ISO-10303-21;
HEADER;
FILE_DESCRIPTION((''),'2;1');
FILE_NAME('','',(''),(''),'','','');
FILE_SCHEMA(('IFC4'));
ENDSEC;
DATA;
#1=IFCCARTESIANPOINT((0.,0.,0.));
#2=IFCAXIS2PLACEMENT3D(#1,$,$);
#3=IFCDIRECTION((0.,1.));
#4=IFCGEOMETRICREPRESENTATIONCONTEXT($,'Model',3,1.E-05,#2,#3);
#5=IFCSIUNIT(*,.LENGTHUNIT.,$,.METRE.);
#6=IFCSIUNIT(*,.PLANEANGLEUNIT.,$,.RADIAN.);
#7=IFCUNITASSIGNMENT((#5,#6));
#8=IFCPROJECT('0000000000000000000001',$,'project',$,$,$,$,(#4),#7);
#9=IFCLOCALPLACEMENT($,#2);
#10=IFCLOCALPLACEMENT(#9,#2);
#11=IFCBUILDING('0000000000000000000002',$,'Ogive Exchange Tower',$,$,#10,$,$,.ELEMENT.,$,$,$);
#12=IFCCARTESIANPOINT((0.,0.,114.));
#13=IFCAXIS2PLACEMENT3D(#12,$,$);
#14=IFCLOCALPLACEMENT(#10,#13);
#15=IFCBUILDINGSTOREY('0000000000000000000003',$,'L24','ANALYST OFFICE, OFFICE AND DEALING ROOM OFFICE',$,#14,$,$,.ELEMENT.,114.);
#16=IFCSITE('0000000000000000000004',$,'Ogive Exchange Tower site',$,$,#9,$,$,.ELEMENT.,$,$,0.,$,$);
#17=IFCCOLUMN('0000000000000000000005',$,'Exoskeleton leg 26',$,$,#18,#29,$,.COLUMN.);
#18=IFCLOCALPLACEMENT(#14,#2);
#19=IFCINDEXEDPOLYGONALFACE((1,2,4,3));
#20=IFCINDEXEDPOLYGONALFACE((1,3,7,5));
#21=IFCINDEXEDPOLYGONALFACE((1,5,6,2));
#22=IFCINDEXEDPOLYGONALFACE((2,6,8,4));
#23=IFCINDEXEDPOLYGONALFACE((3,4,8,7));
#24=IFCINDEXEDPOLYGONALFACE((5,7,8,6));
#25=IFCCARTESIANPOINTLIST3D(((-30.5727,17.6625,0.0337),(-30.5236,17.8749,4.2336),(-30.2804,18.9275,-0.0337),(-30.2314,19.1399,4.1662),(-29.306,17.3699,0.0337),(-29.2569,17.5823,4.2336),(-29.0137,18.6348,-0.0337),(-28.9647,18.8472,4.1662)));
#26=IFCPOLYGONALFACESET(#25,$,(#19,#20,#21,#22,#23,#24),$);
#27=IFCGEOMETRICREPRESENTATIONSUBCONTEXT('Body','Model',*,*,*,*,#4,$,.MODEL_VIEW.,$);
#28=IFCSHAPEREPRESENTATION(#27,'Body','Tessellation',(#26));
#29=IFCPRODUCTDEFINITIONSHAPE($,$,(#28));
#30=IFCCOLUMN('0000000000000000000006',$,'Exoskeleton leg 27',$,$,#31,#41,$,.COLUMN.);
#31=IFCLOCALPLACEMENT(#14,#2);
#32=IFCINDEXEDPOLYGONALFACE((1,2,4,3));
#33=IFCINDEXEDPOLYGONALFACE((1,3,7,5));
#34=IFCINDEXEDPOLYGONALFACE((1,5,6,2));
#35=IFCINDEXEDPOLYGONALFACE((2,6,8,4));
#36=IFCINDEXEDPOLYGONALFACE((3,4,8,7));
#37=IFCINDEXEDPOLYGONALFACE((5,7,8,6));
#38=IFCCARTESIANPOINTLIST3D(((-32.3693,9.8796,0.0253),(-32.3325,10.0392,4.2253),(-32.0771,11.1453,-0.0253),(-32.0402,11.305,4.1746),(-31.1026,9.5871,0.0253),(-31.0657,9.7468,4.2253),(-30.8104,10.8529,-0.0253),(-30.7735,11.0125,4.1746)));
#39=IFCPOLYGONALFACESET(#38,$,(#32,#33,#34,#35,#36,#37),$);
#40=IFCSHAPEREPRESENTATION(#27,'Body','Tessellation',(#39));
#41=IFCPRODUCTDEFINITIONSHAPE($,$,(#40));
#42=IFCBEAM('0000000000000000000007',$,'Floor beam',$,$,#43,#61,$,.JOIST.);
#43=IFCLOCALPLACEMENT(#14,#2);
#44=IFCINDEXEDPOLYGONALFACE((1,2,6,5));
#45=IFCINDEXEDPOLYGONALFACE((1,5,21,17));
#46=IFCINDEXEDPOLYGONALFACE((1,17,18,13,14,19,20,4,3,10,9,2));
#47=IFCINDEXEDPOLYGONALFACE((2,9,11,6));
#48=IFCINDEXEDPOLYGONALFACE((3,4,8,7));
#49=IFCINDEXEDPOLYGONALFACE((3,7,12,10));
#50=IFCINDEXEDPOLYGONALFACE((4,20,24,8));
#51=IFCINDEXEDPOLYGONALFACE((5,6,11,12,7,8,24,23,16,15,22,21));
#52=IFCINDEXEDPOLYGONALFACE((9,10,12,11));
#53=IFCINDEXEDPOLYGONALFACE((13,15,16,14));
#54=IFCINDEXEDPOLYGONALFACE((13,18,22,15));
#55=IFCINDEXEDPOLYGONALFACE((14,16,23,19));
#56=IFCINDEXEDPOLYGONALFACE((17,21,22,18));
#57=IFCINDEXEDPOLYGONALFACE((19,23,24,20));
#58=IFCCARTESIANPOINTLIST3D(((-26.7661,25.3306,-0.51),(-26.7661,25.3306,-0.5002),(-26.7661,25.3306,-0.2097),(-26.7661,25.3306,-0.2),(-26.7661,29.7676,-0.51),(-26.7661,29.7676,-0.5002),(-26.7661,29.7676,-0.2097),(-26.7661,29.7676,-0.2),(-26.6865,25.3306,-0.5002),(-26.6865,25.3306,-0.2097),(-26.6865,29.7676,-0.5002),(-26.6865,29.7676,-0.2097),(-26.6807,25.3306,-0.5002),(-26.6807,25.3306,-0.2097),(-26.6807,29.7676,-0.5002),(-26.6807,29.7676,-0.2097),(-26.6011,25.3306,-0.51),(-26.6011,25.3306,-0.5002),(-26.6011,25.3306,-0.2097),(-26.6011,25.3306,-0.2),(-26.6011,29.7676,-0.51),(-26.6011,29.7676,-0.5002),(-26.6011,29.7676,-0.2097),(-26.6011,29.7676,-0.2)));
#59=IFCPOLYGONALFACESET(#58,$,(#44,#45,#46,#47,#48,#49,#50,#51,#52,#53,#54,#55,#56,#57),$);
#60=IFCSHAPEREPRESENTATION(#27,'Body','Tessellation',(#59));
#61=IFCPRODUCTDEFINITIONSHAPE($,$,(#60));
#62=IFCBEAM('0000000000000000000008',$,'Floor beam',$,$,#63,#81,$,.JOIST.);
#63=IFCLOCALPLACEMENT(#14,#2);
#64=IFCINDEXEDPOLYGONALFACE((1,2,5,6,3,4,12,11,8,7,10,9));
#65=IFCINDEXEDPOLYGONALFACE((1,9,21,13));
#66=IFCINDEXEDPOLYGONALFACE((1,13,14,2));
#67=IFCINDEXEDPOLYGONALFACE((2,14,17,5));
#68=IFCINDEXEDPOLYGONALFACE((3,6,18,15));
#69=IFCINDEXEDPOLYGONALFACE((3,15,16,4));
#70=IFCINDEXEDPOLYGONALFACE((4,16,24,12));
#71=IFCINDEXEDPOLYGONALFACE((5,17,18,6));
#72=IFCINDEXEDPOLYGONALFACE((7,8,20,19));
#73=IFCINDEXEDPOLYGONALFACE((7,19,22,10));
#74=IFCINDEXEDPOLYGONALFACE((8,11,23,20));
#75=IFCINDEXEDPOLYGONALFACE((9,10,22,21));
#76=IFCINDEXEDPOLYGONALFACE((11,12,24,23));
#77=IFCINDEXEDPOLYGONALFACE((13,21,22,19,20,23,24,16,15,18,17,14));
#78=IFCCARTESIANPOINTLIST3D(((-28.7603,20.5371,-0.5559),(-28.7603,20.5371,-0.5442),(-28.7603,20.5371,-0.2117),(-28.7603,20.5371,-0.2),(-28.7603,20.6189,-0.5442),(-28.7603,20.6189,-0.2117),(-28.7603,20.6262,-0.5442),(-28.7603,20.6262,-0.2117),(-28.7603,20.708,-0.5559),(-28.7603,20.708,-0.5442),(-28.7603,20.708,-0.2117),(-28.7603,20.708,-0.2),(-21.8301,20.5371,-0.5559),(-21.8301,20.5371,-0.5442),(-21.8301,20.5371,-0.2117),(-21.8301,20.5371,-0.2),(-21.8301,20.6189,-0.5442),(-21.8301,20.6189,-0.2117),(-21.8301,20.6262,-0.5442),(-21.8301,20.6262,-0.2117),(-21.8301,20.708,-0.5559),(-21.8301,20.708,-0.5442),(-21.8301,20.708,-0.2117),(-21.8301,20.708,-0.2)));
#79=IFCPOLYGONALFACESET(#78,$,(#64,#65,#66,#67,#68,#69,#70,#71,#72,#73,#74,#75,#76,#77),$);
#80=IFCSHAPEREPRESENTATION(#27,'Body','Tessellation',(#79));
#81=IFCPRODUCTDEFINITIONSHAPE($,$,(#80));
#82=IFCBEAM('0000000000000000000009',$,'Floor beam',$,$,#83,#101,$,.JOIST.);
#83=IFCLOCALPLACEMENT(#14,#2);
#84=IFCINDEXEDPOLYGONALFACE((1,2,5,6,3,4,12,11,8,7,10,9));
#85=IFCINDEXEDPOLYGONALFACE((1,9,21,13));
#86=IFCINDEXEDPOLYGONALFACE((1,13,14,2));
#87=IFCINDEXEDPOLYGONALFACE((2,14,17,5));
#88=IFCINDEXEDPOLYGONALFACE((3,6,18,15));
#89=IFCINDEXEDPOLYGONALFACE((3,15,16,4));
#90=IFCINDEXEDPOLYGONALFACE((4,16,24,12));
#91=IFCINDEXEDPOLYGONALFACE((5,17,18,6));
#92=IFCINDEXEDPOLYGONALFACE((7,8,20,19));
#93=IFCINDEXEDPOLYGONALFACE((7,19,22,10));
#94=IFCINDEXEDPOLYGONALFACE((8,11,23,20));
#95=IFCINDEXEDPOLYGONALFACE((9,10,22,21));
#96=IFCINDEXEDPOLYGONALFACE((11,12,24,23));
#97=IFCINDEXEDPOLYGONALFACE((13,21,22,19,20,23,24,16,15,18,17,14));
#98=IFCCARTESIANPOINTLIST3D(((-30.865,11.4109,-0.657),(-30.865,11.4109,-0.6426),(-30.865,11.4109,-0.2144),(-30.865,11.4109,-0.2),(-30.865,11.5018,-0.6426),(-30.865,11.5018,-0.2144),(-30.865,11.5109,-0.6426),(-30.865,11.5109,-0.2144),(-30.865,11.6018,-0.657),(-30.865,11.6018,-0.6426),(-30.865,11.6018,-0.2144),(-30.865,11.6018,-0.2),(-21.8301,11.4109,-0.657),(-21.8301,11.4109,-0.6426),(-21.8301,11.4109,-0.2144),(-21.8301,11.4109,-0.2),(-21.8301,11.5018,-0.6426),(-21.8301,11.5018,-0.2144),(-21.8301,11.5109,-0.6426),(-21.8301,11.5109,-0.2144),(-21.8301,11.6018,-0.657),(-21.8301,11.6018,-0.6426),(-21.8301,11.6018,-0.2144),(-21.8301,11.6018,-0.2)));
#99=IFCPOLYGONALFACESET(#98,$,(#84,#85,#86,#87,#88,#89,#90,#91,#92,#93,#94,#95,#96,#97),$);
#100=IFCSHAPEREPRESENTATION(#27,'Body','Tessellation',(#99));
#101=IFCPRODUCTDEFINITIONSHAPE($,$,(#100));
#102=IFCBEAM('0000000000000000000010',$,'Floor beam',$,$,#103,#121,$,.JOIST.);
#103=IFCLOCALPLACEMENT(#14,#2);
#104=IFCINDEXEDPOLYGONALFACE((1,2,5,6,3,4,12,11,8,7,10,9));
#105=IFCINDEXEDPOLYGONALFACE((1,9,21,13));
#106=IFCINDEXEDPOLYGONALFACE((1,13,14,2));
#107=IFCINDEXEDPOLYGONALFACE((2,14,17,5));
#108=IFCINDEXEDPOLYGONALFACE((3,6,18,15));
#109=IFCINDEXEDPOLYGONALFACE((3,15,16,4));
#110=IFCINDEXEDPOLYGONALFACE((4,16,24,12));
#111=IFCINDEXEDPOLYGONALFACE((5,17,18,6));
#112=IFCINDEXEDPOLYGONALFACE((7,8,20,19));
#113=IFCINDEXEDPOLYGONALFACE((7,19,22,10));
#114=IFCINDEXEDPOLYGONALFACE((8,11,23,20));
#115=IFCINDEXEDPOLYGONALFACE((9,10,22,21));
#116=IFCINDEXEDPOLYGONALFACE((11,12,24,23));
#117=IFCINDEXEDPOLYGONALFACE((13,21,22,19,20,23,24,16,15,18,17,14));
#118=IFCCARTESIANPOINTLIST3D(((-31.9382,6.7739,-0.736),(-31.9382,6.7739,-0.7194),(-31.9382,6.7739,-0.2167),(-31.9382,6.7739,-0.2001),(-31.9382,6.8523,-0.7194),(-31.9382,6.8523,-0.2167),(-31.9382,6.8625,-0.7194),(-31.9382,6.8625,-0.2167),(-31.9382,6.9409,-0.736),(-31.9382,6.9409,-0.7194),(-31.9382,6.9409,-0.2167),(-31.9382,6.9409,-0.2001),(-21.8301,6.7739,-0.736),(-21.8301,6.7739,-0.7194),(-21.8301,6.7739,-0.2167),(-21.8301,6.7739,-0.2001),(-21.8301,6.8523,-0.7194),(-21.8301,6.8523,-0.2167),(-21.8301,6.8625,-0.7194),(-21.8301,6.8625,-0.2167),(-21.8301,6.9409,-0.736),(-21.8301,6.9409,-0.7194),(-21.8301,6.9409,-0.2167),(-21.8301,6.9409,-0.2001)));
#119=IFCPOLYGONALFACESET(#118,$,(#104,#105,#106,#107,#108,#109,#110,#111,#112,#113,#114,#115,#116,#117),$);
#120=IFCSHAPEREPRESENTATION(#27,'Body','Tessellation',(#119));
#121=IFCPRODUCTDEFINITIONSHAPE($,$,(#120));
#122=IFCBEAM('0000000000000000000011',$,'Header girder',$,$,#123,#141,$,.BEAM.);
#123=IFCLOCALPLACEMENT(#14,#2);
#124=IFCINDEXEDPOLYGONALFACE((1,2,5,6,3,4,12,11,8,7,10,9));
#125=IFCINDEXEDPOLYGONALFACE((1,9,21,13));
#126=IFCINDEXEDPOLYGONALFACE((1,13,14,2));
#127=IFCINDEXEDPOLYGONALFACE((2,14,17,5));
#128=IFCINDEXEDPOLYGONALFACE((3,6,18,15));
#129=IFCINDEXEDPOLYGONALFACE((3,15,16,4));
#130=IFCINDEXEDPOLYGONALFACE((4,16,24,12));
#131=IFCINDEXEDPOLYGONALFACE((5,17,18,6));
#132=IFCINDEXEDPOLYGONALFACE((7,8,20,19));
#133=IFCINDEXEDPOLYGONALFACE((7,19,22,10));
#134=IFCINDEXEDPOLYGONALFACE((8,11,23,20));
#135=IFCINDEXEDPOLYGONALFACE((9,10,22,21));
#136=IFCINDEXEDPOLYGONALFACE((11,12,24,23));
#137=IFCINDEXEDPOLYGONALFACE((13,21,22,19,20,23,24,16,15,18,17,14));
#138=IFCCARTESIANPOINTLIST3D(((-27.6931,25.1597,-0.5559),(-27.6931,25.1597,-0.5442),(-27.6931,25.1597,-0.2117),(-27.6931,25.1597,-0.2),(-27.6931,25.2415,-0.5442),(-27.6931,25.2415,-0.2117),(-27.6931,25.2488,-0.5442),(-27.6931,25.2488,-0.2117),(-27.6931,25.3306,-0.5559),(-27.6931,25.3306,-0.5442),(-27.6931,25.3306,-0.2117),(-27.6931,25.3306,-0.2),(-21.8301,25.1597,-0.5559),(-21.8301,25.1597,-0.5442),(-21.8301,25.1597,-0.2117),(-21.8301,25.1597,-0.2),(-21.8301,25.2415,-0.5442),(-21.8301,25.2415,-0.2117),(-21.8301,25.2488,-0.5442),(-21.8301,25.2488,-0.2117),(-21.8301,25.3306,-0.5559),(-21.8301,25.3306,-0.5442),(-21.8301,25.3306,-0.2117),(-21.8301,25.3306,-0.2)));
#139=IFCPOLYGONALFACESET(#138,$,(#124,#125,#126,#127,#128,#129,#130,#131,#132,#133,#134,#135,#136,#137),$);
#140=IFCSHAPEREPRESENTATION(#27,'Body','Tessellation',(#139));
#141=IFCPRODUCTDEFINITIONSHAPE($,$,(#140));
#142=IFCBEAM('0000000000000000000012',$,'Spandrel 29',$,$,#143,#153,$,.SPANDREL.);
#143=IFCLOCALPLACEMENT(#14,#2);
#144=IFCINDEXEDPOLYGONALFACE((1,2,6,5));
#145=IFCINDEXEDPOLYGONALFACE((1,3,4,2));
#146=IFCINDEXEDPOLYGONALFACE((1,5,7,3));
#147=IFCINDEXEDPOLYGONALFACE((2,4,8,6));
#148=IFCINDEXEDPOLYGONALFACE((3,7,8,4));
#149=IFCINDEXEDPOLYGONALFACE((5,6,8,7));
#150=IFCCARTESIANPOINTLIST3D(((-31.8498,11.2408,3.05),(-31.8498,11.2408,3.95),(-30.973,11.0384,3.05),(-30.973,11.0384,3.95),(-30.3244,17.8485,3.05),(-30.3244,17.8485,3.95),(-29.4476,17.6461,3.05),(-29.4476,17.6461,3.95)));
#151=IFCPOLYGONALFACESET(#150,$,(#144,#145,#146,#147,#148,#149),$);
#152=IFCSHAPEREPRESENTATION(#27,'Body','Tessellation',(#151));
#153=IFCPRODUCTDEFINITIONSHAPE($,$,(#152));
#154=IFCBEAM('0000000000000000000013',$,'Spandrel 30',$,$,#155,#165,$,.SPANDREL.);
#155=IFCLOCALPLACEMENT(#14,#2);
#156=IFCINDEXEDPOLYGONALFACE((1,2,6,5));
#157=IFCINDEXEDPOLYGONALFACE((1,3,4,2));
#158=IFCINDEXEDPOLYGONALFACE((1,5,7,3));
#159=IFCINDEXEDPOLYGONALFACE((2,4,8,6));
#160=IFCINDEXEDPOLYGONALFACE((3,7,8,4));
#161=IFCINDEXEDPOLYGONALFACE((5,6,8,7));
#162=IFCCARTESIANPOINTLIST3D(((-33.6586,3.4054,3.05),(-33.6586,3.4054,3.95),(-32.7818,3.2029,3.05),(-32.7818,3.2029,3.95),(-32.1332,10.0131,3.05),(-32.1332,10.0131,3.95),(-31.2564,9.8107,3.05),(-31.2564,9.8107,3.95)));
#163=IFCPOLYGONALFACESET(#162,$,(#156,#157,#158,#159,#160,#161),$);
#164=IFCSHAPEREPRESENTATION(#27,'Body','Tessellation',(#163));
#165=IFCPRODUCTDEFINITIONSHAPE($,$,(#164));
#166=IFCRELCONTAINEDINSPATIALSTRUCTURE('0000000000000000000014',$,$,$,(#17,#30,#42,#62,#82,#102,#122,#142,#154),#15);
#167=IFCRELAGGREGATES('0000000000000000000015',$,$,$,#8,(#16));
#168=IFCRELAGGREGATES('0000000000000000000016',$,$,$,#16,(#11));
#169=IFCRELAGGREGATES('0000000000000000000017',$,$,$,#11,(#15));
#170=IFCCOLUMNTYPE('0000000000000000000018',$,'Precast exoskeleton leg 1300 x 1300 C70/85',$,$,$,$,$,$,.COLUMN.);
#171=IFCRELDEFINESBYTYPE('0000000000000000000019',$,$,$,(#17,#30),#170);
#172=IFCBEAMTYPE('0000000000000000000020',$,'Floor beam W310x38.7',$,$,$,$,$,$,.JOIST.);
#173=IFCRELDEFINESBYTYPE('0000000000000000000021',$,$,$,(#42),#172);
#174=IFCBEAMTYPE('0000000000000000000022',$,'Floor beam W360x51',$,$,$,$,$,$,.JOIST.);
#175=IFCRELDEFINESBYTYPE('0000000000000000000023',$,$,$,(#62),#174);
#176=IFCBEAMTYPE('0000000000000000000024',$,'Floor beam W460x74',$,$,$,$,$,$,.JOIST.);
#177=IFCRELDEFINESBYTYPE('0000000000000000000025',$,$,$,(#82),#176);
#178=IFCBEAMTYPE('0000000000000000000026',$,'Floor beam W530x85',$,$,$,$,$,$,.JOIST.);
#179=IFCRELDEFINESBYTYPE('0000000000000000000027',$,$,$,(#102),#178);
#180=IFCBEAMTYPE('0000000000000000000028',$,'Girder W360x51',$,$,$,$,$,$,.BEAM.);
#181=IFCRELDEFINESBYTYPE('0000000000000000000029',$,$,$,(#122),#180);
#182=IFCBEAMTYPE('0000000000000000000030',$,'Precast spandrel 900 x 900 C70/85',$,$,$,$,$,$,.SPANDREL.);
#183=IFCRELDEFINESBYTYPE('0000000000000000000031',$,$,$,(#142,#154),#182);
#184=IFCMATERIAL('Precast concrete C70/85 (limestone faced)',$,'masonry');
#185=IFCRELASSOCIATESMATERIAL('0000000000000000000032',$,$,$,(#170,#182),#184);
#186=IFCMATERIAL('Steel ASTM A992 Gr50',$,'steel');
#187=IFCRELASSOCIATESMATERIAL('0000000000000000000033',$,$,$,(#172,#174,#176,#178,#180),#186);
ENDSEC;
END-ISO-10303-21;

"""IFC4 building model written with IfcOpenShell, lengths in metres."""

from ifc_helpers import new_model, si_unit, direction, frame, origin, origin_2d, place, context, subcontext, project, spatial, rectangle, i_section, extrude, material, material_profile, profile_set, type_object, element, save


model = new_model("IFC4")

# Units and contexts
model_context = context("Model", 3, precision=1e-05, world=origin(), true_north=direction((0.0, 1.0)))
body_context = subcontext(model_context, "Body", "Model", "MODEL_VIEW")
ifc_project = project(units=[si_unit("LENGTHUNIT", "METRE"), si_unit("PLANEANGLEUNIT", "RADIAN")], contexts=[model_context])

# Site, building, storey
site_placement = place(None, origin())
site = spatial("IfcSite", under=ifc_project, at=site_placement, Name="Ogive Exchange Tower site", CompositionType="ELEMENT", RefElevation=0.0)
building_placement = place(site_placement, origin())
building = spatial("IfcBuilding", under=site, at=building_placement, Name="Ogive Exchange Tower", CompositionType="ELEMENT")
storey_placement = place(building_placement, frame((0.0, 0.0, 114.0)))
storey = spatial("IfcBuildingStorey", under=building, at=storey_placement, Name="L24", Description="ANALYST OFFICE, OFFICE AND DEALING ROOM OFFICE", CompositionType="ELEMENT", Elevation=114.0)

# Columns
ifc_material_1 = material(Name="Precast concrete C70/85 (limestone faced)", Category="masonry")
ifc_material_profile_1 = material_profile(ifc_material_1, rectangle(XDim=1.3, YDim=1.3, at=origin_2d()), Name="1300 x 1300")
ifc_profile_set_1 = profile_set([ifc_material_profile_1], Name="Precast concrete C70/85 (limestone faced)")
column_type = type_object("IfcColumnType", Name="Precast exoskeleton leg 1300 x 1300 C70/85", PredefinedType="COLUMN", material=ifc_profile_set_1)
column_1_placement = place(storey_placement, frame((-29.7932, 18.1487, 0.0), z_axis=(0.011668, 0.050505, 0.998656), x_axis=(-0.974335, 0.225105, 0.0)))
element("IfcColumn", 1, at=column_1_placement, inside=storey, type_object=column_type, Name="Exoskeleton leg 26", PredefinedType="COLUMN", context=body_context, shape_type="SweptSolid", body=[
    extrude(rectangle(XDim=1.3, YDim=1.3, at=origin_2d()), origin(), (0.0, 0.0, 1.0), 4.2056),
])
column_2_placement = place(storey_placement, frame((-31.5898, 10.3662, 0.0), z_axis=(0.008771, 0.037988, 0.99924), x_axis=(-0.974366, 0.224968, 0.0)))
element("IfcColumn", 2, at=column_2_placement, inside=storey, type_object=column_type, Name="Exoskeleton leg 27", PredefinedType="COLUMN", context=body_context, shape_type="SweptSolid", body=[
    extrude(rectangle(XDim=1.3, YDim=1.3, at=origin_2d()), origin(), (0.0, 0.0, 1.0), 4.2031),
])

# Beams
ifc_material_2 = material(Name="Steel ASTM A992 Gr50", Category="steel")
ifc_material_profile_2 = material_profile(ifc_material_2, i_section(OverallWidth=0.165, OverallDepth=0.3101, WebThickness=0.0059, FlangeThickness=0.0098, at=origin_2d()), Name="W310x38.7")
ifc_profile_set_2 = profile_set([ifc_material_profile_2], Name="Steel ASTM A992 Gr50")
beam_type_1 = type_object("IfcBeamType", Name="Floor beam W310x38.7", PredefinedType="JOIST", material=ifc_profile_set_2)
beam_1_placement = place(storey_placement, frame((-26.6836, 25.3306, -0.355), z_axis=(0.0, 1.0, 0.0), x_axis=(-1.0, 0.0, 0.0)))
element("IfcBeam", 3, at=beam_1_placement, inside=storey, type_object=beam_type_1, Name="Floor beam", PredefinedType="JOIST", context=body_context, shape_type="SweptSolid", body=[
    extrude(i_section(OverallWidth=0.165, OverallDepth=0.3101, WebThickness=0.0059, FlangeThickness=0.0098, at=origin_2d()), origin(), (0.0, 0.0, 1.0), 4.437),
])
ifc_material_profile_3 = material_profile(ifc_material_2, i_section(OverallWidth=0.1709, OverallDepth=0.356, WebThickness=0.0073, FlangeThickness=0.0117, at=origin_2d()), Name="W360x51")
ifc_profile_set_3 = profile_set([ifc_material_profile_3], Name="Steel ASTM A992 Gr50")
beam_type_2 = type_object("IfcBeamType", Name="Floor beam W360x51", PredefinedType="JOIST", material=ifc_profile_set_3)
beam_2_placement = place(storey_placement, frame((-28.7603, 20.6226, -0.3779), z_axis=(1.0, 0.0, 0.0), x_axis=(0.0, 1.0, 0.0)))
element("IfcBeam", 4, at=beam_2_placement, inside=storey, type_object=beam_type_2, Name="Floor beam", PredefinedType="JOIST", context=body_context, shape_type="SweptSolid", body=[
    extrude(i_section(OverallWidth=0.1709, OverallDepth=0.356, WebThickness=0.0073, FlangeThickness=0.0117, at=origin_2d()), origin(), (0.0, 0.0, 1.0), 6.9302),
])
ifc_material_profile_4 = material_profile(ifc_material_2, i_section(OverallWidth=0.1909, OverallDepth=0.457, WebThickness=0.009, FlangeThickness=0.0144, at=origin_2d()), Name="W460x74")
ifc_profile_set_4 = profile_set([ifc_material_profile_4], Name="Steel ASTM A992 Gr50")
beam_type_3 = type_object("IfcBeamType", Name="Floor beam W460x74", PredefinedType="JOIST", material=ifc_profile_set_4)
beam_3_placement = place(storey_placement, frame((-30.865, 11.5063, -0.4285), z_axis=(1.0, 0.0, 0.0), x_axis=(0.0, 1.0, 0.0)))
element("IfcBeam", 5, at=beam_3_placement, inside=storey, type_object=beam_type_3, Name="Floor beam", PredefinedType="JOIST", context=body_context, shape_type="SweptSolid", body=[
    extrude(i_section(OverallWidth=0.1909, OverallDepth=0.457, WebThickness=0.009, FlangeThickness=0.0144, at=origin_2d()), origin(), (0.0, 0.0, 1.0), 9.0349),
])
ifc_material_profile_5 = material_profile(ifc_material_2, i_section(OverallWidth=0.167, OverallDepth=0.5359, WebThickness=0.0103, FlangeThickness=0.0166, at=origin_2d()), Name="W530x85")
ifc_profile_set_5 = profile_set([ifc_material_profile_5], Name="Steel ASTM A992 Gr50")
beam_type_4 = type_object("IfcBeamType", Name="Floor beam W530x85", PredefinedType="JOIST", material=ifc_profile_set_5)
beam_4_placement = place(storey_placement, frame((-31.9382, 6.8574, -0.468), z_axis=(1.0, 0.0, 0.0), x_axis=(0.0, 1.0, 0.0)))
element("IfcBeam", 6, at=beam_4_placement, inside=storey, type_object=beam_type_4, Name="Floor beam", PredefinedType="JOIST", context=body_context, shape_type="SweptSolid", body=[
    extrude(i_section(OverallWidth=0.167, OverallDepth=0.5359, WebThickness=0.0103, FlangeThickness=0.0166, at=origin_2d()), origin(), (0.0, 0.0, 1.0), 10.1082),
])
ifc_material_profile_6 = material_profile(ifc_material_2, i_section(OverallWidth=0.1709, OverallDepth=0.356, WebThickness=0.0073, FlangeThickness=0.0117, at=origin_2d()), Name="W360x51")
ifc_profile_set_6 = profile_set([ifc_material_profile_6], Name="Steel ASTM A992 Gr50")
beam_type_5 = type_object("IfcBeamType", Name="Girder W360x51", PredefinedType="BEAM", material=ifc_profile_set_6)
beam_5_placement = place(storey_placement, frame((-27.6931, 25.2451, -0.3779), z_axis=(1.0, 0.0, 0.0), x_axis=(0.0, 1.0, 0.0)))
element("IfcBeam", 7, at=beam_5_placement, inside=storey, type_object=beam_type_5, Name="Header girder", PredefinedType="BEAM", context=body_context, shape_type="SweptSolid", body=[
    extrude(i_section(OverallWidth=0.1709, OverallDepth=0.356, WebThickness=0.0073, FlangeThickness=0.0117, at=origin_2d()), origin(), (0.0, 0.0, 1.0), 5.863),
])
ifc_material_profile_7 = material_profile(ifc_material_1, rectangle(XDim=0.8999, YDim=0.8999, at=origin_2d()), Name="900 x 900")
ifc_profile_set_7 = profile_set([ifc_material_profile_7], Name="Precast concrete C70/85 (limestone faced)")
beam_type_6 = type_object("IfcBeamType", Name="Precast spandrel 900 x 900 C70/85", PredefinedType="SPANDREL", material=ifc_profile_set_7)
for number, where, z_axis, x_axis, name in (
    (8, (-29.886, 17.7473, 3.5), (-0.224936, -0.974374, 0.0), (0.974374, -0.224936, 0.0), "Spandrel 29"),
    (9, (-31.6948, 9.9119, 3.5), (-0.224936, -0.974374, 0.0), (0.974374, -0.224936, 0.0), "Spandrel 30"),
):
    element("IfcBeam", number, at=place(storey_placement, frame(where, z_axis=z_axis, x_axis=x_axis)), inside=storey, type_object=beam_type_6, Name=name, PredefinedType="SPANDREL", context=body_context, shape_type="SweptSolid", body=[
        extrude(rectangle(XDim=0.8999, YDim=0.8999, at=origin_2d()), origin(), (0.0, 0.0, 1.0), 6.7815),
    ])

save(model, "model.ifc")
